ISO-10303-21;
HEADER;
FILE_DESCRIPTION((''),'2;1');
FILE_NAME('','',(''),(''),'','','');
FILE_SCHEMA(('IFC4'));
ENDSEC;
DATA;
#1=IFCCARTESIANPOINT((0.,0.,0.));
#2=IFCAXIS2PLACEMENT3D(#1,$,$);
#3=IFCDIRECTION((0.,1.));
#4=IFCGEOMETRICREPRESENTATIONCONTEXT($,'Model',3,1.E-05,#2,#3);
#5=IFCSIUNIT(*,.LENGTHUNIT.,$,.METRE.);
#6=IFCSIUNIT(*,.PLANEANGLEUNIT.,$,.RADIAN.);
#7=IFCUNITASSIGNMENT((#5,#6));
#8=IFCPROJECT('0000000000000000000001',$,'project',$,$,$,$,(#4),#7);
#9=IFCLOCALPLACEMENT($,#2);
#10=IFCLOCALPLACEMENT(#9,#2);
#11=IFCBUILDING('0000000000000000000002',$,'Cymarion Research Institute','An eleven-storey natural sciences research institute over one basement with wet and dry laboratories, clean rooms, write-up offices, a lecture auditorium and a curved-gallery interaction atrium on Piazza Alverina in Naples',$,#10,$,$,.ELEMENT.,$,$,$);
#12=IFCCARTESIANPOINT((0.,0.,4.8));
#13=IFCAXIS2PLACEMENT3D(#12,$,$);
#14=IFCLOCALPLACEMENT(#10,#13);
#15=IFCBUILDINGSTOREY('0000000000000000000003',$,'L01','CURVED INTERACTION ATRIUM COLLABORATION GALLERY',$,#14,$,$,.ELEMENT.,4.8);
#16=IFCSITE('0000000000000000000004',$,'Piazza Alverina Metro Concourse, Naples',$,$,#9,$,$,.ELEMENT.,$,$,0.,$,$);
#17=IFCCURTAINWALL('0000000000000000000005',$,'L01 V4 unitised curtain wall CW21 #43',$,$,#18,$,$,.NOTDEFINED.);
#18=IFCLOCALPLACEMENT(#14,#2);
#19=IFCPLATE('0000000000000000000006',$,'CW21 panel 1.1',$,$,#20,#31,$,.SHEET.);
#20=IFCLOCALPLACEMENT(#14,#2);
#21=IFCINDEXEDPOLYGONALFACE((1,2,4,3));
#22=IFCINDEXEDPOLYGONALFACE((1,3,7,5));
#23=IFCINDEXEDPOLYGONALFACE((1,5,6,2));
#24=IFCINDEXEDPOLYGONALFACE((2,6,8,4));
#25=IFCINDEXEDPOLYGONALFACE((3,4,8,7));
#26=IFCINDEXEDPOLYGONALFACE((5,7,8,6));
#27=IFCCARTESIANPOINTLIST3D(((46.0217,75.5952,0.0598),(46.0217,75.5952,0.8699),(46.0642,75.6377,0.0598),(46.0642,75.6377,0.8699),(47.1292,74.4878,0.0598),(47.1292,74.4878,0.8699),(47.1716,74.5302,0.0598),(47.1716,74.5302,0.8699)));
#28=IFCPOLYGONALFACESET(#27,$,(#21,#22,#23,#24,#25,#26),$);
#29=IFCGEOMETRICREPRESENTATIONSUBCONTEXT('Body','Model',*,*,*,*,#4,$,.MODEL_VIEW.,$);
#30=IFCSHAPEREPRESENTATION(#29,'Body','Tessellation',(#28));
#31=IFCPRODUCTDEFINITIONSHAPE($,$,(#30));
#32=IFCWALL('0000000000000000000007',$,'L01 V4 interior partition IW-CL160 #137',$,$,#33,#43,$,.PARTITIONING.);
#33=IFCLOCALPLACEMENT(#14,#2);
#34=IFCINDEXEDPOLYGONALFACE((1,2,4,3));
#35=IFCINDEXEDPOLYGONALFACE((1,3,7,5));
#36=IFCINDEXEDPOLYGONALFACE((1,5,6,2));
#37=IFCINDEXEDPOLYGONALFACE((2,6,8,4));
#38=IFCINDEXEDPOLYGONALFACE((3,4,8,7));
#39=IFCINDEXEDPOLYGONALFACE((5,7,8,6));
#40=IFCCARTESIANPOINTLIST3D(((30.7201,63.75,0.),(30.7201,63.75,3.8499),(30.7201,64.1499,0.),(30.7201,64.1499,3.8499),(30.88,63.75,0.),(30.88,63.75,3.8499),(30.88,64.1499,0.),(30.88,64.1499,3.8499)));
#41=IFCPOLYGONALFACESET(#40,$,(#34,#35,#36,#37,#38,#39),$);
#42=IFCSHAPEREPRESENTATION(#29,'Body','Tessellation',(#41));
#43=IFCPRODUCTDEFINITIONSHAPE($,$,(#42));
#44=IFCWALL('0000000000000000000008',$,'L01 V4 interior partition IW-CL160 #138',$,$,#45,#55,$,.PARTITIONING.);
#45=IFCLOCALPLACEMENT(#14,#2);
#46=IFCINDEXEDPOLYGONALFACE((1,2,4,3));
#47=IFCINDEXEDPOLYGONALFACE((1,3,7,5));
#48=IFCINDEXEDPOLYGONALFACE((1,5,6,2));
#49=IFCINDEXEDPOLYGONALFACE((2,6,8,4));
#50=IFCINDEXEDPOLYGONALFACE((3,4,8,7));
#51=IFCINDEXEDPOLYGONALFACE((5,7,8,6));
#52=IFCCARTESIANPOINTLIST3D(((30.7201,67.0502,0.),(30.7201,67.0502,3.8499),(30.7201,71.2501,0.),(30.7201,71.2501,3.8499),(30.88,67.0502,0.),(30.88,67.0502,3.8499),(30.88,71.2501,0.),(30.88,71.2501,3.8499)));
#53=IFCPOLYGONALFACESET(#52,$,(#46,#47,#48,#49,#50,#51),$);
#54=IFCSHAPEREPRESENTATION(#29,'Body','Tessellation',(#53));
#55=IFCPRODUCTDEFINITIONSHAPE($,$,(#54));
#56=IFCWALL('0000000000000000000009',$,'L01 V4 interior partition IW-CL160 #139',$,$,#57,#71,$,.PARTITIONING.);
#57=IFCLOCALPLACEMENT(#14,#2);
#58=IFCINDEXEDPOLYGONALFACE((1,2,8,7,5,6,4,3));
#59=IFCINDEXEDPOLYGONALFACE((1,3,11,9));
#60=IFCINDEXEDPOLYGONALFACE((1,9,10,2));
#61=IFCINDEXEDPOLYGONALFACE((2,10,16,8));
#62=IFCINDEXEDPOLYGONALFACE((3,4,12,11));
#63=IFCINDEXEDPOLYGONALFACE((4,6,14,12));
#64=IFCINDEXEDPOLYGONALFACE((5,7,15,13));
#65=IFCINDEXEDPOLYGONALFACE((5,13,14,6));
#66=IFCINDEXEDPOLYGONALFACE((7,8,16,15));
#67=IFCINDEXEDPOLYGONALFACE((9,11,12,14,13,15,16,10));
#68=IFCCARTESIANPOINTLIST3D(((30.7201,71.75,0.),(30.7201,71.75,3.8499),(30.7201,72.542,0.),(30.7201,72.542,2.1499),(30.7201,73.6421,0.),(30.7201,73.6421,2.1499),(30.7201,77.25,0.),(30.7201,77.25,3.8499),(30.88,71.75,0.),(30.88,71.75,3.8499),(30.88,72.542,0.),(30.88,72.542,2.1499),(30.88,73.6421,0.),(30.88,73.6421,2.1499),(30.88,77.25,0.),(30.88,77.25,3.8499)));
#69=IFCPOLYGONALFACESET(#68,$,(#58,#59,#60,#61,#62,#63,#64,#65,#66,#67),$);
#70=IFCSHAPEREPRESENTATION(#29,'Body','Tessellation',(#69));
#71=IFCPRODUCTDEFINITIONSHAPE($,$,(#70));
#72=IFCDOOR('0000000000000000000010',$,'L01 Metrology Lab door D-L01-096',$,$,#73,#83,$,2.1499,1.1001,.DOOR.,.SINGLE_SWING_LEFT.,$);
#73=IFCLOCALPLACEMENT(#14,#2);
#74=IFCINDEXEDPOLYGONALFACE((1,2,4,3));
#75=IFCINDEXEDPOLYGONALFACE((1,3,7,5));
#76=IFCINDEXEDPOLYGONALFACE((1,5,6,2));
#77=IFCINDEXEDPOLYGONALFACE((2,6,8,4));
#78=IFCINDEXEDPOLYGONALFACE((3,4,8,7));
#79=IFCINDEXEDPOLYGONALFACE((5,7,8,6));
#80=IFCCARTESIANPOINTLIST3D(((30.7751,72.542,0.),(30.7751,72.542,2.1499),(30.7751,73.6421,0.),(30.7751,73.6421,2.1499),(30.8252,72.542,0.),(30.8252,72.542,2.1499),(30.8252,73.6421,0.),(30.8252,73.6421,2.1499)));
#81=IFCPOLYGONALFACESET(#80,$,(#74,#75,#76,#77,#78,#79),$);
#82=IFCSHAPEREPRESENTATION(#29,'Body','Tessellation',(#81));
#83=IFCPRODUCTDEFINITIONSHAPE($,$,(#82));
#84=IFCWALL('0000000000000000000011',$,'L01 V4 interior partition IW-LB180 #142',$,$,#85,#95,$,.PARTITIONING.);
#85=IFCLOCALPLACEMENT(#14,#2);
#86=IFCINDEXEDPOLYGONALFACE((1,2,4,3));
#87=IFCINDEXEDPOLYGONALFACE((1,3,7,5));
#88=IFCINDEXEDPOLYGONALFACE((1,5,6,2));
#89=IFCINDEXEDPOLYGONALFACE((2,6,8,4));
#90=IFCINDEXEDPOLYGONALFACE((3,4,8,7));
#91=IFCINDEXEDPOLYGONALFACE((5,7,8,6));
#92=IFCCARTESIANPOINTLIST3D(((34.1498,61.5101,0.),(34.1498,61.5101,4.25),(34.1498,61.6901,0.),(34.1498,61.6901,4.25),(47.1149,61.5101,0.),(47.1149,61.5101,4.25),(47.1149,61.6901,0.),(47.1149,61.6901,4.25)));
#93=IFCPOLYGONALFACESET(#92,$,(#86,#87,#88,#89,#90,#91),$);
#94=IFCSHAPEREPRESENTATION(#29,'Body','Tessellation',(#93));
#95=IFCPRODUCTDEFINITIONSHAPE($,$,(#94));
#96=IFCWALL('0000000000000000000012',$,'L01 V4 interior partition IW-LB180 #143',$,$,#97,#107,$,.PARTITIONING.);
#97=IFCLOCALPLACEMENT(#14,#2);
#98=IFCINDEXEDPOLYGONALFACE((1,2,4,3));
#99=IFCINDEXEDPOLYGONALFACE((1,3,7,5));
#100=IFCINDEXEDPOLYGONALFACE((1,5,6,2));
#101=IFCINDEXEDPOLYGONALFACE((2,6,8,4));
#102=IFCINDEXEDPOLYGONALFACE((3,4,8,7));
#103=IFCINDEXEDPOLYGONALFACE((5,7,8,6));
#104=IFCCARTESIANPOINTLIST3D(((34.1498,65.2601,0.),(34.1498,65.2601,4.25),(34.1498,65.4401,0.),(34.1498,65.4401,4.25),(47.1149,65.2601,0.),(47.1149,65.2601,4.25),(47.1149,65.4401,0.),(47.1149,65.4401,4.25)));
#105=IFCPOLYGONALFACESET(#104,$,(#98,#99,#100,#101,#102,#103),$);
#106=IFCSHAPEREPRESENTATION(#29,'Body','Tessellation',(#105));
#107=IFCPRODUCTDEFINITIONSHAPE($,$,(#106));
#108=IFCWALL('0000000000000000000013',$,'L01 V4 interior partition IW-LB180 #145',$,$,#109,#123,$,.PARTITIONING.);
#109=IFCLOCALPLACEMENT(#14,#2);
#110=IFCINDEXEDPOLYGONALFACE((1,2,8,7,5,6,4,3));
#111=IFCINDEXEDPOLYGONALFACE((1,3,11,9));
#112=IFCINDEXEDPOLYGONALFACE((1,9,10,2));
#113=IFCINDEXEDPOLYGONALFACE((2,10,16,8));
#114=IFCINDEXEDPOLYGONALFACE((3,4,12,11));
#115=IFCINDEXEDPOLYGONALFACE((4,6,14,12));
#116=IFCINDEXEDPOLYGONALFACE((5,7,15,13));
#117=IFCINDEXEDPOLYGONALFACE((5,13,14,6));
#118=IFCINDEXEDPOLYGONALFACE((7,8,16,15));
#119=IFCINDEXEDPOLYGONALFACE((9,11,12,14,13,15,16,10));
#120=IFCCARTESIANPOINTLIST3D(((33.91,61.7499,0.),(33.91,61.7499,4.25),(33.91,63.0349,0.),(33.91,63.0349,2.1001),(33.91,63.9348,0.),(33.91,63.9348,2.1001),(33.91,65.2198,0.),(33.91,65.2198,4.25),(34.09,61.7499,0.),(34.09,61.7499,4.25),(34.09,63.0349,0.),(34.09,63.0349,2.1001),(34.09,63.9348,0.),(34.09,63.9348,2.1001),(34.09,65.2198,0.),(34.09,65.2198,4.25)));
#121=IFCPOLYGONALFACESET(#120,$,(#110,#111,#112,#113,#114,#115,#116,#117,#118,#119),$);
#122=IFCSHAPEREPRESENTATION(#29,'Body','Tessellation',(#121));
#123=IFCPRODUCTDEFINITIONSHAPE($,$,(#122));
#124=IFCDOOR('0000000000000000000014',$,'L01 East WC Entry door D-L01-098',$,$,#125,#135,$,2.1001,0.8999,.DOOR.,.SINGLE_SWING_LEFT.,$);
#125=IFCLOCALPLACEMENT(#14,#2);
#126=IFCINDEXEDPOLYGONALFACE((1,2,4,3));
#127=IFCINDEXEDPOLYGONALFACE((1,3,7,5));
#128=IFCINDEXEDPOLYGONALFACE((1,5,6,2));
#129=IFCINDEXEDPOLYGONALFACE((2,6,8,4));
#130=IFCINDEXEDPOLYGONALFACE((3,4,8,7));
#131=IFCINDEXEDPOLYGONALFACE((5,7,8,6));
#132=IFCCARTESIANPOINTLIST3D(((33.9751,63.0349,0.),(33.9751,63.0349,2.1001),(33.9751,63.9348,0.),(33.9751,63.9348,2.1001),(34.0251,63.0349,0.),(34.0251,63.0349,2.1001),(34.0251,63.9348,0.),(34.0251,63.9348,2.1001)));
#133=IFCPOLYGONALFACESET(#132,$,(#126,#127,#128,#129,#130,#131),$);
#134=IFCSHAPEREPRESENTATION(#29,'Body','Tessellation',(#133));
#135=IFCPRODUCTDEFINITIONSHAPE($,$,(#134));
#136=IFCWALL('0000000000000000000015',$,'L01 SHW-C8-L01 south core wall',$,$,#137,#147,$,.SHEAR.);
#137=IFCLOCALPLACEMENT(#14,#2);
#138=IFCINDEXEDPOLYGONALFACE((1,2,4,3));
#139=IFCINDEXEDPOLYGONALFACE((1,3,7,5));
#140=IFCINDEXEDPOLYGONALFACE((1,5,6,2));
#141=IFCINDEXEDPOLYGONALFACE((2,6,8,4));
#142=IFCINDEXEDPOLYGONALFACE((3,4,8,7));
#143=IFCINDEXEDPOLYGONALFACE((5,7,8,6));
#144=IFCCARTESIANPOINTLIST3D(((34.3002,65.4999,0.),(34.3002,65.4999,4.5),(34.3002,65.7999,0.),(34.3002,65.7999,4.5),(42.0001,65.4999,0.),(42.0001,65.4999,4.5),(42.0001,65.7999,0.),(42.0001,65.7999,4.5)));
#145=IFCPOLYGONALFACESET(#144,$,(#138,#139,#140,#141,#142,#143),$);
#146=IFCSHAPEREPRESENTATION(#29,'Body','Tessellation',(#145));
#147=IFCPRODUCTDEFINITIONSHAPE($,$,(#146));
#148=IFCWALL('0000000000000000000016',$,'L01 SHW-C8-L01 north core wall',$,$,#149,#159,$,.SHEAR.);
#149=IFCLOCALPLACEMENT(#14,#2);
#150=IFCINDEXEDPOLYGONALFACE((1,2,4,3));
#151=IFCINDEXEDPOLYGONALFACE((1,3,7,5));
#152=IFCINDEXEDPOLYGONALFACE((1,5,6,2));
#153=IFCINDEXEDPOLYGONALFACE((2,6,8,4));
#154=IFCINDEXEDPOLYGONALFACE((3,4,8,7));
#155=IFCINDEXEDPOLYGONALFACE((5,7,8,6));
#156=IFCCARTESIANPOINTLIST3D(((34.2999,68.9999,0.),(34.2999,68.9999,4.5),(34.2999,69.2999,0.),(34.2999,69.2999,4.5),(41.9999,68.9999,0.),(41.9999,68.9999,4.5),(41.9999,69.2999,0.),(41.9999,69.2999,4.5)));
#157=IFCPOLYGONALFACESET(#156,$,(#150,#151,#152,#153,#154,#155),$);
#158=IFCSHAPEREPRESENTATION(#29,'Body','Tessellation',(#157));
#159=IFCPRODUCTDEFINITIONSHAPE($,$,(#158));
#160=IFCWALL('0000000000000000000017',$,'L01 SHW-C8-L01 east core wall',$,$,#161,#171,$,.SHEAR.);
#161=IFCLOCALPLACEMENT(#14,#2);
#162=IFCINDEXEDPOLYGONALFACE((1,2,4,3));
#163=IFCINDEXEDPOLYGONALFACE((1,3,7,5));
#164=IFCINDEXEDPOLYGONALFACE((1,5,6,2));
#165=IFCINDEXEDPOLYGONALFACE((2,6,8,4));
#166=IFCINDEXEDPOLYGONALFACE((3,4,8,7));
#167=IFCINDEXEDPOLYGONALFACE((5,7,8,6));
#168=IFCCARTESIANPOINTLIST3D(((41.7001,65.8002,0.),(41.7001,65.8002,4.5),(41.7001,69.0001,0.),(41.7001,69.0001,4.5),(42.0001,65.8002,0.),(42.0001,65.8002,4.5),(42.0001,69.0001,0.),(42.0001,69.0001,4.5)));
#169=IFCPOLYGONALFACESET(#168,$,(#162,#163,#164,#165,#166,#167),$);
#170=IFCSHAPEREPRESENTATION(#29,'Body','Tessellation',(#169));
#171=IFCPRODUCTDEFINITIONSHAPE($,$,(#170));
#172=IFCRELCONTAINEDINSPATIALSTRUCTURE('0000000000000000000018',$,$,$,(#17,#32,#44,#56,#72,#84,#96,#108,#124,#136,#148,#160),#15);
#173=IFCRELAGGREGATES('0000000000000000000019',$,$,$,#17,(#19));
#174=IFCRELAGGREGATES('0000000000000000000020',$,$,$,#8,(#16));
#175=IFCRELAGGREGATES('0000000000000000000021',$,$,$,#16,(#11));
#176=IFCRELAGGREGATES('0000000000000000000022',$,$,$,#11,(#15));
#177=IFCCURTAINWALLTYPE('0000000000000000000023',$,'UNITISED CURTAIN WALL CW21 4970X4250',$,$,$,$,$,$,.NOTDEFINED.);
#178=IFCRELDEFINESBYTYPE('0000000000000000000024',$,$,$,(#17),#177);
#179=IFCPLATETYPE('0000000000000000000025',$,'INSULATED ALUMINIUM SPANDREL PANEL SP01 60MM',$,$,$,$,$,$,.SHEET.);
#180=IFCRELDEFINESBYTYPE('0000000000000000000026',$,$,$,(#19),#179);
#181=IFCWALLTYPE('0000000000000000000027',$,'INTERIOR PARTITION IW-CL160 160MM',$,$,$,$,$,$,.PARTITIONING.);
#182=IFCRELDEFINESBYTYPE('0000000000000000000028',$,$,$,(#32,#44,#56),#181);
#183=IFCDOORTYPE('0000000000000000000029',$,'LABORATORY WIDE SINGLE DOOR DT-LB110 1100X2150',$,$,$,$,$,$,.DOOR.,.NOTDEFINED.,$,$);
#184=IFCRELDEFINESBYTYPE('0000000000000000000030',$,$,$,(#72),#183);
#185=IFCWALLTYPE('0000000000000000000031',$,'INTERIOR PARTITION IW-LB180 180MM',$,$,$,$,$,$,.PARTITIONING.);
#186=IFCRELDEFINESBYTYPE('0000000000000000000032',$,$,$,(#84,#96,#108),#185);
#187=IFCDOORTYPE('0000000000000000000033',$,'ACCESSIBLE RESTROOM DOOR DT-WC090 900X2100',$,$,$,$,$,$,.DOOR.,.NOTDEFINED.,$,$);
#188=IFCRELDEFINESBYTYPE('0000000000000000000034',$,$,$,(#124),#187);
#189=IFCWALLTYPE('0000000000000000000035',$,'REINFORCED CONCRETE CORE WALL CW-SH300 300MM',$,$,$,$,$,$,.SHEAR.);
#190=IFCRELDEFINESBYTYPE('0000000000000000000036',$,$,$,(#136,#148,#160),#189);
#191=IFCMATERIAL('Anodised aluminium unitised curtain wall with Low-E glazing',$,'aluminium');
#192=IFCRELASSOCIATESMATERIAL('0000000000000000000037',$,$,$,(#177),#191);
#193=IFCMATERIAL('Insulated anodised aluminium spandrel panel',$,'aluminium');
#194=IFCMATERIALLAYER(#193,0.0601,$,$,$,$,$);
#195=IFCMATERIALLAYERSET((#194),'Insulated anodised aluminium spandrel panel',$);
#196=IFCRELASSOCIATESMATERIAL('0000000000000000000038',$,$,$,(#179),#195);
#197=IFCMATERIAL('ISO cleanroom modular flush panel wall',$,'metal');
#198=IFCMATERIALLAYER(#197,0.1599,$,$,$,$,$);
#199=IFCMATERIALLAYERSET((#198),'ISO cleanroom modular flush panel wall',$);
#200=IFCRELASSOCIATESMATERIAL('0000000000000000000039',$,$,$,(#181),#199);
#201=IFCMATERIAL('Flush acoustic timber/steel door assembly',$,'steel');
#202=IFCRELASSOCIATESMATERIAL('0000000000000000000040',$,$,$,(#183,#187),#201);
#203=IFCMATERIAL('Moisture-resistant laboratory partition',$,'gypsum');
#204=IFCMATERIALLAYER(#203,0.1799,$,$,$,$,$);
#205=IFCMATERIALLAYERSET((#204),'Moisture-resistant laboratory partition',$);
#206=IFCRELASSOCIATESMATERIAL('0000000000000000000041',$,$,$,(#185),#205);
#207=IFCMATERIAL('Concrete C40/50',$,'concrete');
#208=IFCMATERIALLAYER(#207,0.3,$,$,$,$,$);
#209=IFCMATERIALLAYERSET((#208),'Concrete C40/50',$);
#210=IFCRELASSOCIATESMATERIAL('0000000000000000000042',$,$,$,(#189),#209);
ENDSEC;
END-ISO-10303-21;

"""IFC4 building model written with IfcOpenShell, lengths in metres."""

from ifc_helpers import new_model, si_unit, direction, frame, frame_2d, origin, origin_2d, place, context, subcontext, project, spatial, rectangle, extrude, material, layer, layer_set, type_object, element, fill, aggregate, save


model = new_model("IFC4")

# Units and contexts
model_context = context("Model", 3, precision=1e-05, world=origin(), true_north=direction((0.0, 1.0)))
body_context = subcontext(model_context, "Body", "Model", "MODEL_VIEW")
ifc_project = project(units=[si_unit("LENGTHUNIT", "METRE"), si_unit("PLANEANGLEUNIT", "RADIAN")], contexts=[model_context])

# Site, building, storey
site_placement = place(None, origin())
site = spatial("IfcSite", under=ifc_project, at=site_placement, Name="Piazza Alverina Metro Concourse, Naples", CompositionType="ELEMENT", RefElevation=0.0)
building_placement = place(site_placement, origin())
building = spatial("IfcBuilding", under=site, at=building_placement, Name="Cymarion Research Institute", Description="An eleven-storey natural sciences research institute over one basement with wet and dry laboratories, clean rooms, write-up offices, a lecture auditorium and a curved-gallery interaction atrium on Piazza Alverina in Naples", CompositionType="ELEMENT")
storey_placement = place(building_placement, frame((0.0, 0.0, 4.8)))
storey = spatial("IfcBuildingStorey", under=building, at=storey_placement, Name="L01", Description="CURVED INTERACTION ATRIUM COLLABORATION GALLERY", CompositionType="ELEMENT", Elevation=4.8)

# Shared definitions
ifc_material_1 = material(Name="Concrete C40/50", Category="concrete")

# Curtain wall, plate
ifc_material_2 = material(Name="Anodised aluminium unitised curtain wall with Low-E glazing", Category="aluminium")
curtain_wall_type = type_object("IfcCurtainWallType", Name="UNITISED CURTAIN WALL CW21 4970X4250", PredefinedType="NOTDEFINED", material=ifc_material_2)
curtain_wall_placement = place(storey_placement, origin())
curtain_wall = element("IfcCurtainWall", 1, at=curtain_wall_placement, inside=storey, type_object=curtain_wall_type, Name="L01 V4 unitised curtain wall CW21 #43", PredefinedType="NOTDEFINED")
ifc_material_3 = material(Name="Insulated anodised aluminium spandrel panel", Category="aluminium")
ifc_layer_1 = layer(ifc_material_3, 0.0601)
ifc_layer_set_1 = layer_set([ifc_layer_1], Name="Insulated anodised aluminium spandrel panel")
plate_type = type_object("IfcPlateType", Name="INSULATED ALUMINIUM SPANDREL PANEL SP01 60MM", PredefinedType="SHEET", material=ifc_layer_set_1)
plate_placement = place(storey_placement, frame((46.5967, 75.0627, 0.0598), z_axis=(0.0, 0.0, 1.0), x_axis=(-0.707097, 0.707117, 0.0)))
plate = element("IfcPlate", 2, at=plate_placement, type_object=plate_type, Name="CW21 panel 1.1", PredefinedType="SHEET", context=body_context, shape_type="SweptSolid", body=[
    extrude(rectangle(XDim=1.5662, YDim=0.0601, at=origin_2d()), origin(), (0.0, 0.0, 1.0), 0.8101),
])
aggregate(curtain_wall, [plate])

# Walls
ifc_material_4 = material(Name="ISO cleanroom modular flush panel wall", Category="metal")
ifc_layer_2 = layer(ifc_material_4, 0.1599)
ifc_layer_set_2 = layer_set([ifc_layer_2], Name="ISO cleanroom modular flush panel wall")
wall_type_1 = type_object("IfcWallType", Name="INTERIOR PARTITION IW-CL160 160MM", PredefinedType="PARTITIONING", material=ifc_layer_set_2)
wall_1_placement = place(storey_placement, frame((30.8, 63.75, 0.0), z_axis=(0.0, 0.0, 1.0), x_axis=(0.0, 1.0, 0.0)))
element("IfcWall", 3, at=wall_1_placement, inside=storey, type_object=wall_type_1, Name="L01 V4 interior partition IW-CL160 #137", PredefinedType="PARTITIONING", context=body_context, shape_type="SweptSolid", body=[
    extrude(rectangle(XDim=0.3999, YDim=0.1599, at=frame_2d((0.2, 0.0))), origin(), (0.0, 0.0, 1.0), 3.8499),
])
wall_2_placement = place(storey_placement, frame((30.8, 67.05, 0.0), z_axis=(0.0, 0.0, 1.0), x_axis=(0.0, 1.0, 0.0)))
element("IfcWall", 4, at=wall_2_placement, inside=storey, type_object=wall_type_1, Name="L01 V4 interior partition IW-CL160 #138", PredefinedType="PARTITIONING", context=body_context, shape_type="SweptSolid", body=[
    extrude(rectangle(XDim=4.2, YDim=0.1599, at=frame_2d((2.1001, 0.0))), origin(), (0.0, 0.0, 1.0), 3.8499),
])

# Wall, opening, door
wall_3_placement = place(storey_placement, frame((30.8, 71.75, 0.0), z_axis=(0.0, 0.0, 1.0), x_axis=(0.0, 1.0, 0.0)))
wall_3 = element("IfcWall", 5, at=wall_3_placement, inside=storey, type_object=wall_type_1, Name="L01 V4 interior partition IW-CL160 #139", PredefinedType="PARTITIONING", context=body_context, shape_type="SweptSolid", body=[
    extrude(rectangle(XDim=5.5, YDim=0.1599, at=frame_2d((2.75, 0.0))), origin(), (0.0, 0.0, 1.0), 3.8499),
])
opening_1_placement = place(wall_3_placement, frame((0.792, 0.0, 0.0)))
opening_1 = element("IfcOpeningElement", 6, at=opening_1_placement, cuts=wall_3, PredefinedType="OPENING", context=body_context, shape_type="SweptSolid", body=[
    extrude(rectangle(XDim=1.1001, YDim=2.1499, at=frame_2d((0.55, 1.075))), frame((0.0, 0.0898, 0.0), z_axis=(0.0, -1.0, 0.0), x_axis=(1.0, 0.0, 0.0)), (0.0, 0.0, 1.0), 0.1799),
])
ifc_material_5 = material(Name="Flush acoustic timber/steel door assembly", Category="steel")
door_type_1 = type_object("IfcDoorType", Name="LABORATORY WIDE SINGLE DOOR DT-LB110 1100X2150", OperationType="NOTDEFINED", PredefinedType="DOOR", material=ifc_material_5)
door_1_placement = place(opening_1_placement, origin())
door_1 = element("IfcDoor", 7, at=door_1_placement, inside=storey, type_object=door_type_1, Name="L01 Metrology Lab door D-L01-096", OperationType="SINGLE_SWING_LEFT", OverallHeight=2.1499, OverallWidth=1.1001, PredefinedType="DOOR", context=body_context, shape_type="SweptSolid", body=[
    extrude(rectangle(XDim=1.1001, YDim=2.1499, at=frame_2d((0.55, 1.075))), frame((0.0, 0.0249, 0.0), z_axis=(0.0, -1.0, 0.0), x_axis=(1.0, 0.0, 0.0)), (0.0, 0.0, 1.0), 0.05),
])
fill(opening_1, door_1)

# Walls
ifc_material_6 = material(Name="Moisture-resistant laboratory partition", Category="gypsum")
ifc_layer_3 = layer(ifc_material_6, 0.1799)
ifc_layer_set_3 = layer_set([ifc_layer_3], Name="Moisture-resistant laboratory partition")
wall_type_2 = type_object("IfcWallType", Name="INTERIOR PARTITION IW-LB180 180MM", PredefinedType="PARTITIONING", material=ifc_layer_set_3)
for number, where, z_axis, x_axis, name in (
    (8, (34.1499, 61.6001, 0.0), (0.0, 0.0, 1.0), (1.0, 0.0, 0.0), "L01 V4 interior partition IW-LB180 #142"),
    (9, (34.1499, 65.3501, 0.0), (0.0, 0.0, 1.0), (1.0, 0.0, 0.0), "L01 V4 interior partition IW-LB180 #143"),
):
    element("IfcWall", number, at=place(storey_placement, frame(where, z_axis=z_axis, x_axis=x_axis)), inside=storey, type_object=wall_type_2, Name=name, PredefinedType="PARTITIONING", context=body_context, shape_type="SweptSolid", body=[
        extrude(rectangle(XDim=12.9651, YDim=0.1799, at=frame_2d((6.4824, 0.0))), origin(), (0.0, 0.0, 1.0), 4.25),
    ])

# Wall, opening, door
wall_4_placement = place(storey_placement, frame((34.0, 61.75, 0.0), z_axis=(0.0, 0.0, 1.0), x_axis=(0.0, 1.0, 0.0)))
wall_4 = element("IfcWall", 10, at=wall_4_placement, inside=storey, type_object=wall_type_2, Name="L01 V4 interior partition IW-LB180 #145", PredefinedType="PARTITIONING", context=body_context, shape_type="SweptSolid", body=[
    extrude(rectangle(XDim=3.47, YDim=0.1799, at=frame_2d((1.7349, 0.0))), origin(), (0.0, 0.0, 1.0), 4.25),
])
opening_2_placement = place(wall_4_placement, frame((1.2849, 0.0, 0.0)))
opening_2 = element("IfcOpeningElement", 11, at=opening_2_placement, cuts=wall_4, PredefinedType="OPENING", context=body_context, shape_type="SweptSolid", body=[
    extrude(rectangle(XDim=0.8999, YDim=2.1001, at=frame_2d((0.45, 1.05))), frame((0.0, 0.0999, 0.0), z_axis=(0.0, -1.0, 0.0), x_axis=(1.0, 0.0, 0.0)), (0.0, 0.0, 1.0), 0.2),
])
door_type_2 = type_object("IfcDoorType", Name="ACCESSIBLE RESTROOM DOOR DT-WC090 900X2100", OperationType="NOTDEFINED", PredefinedType="DOOR", material=ifc_material_5)
door_2_placement = place(opening_2_placement, origin())
door_2 = element("IfcDoor", 12, at=door_2_placement, inside=storey, type_object=door_type_2, Name="L01 East WC Entry door D-L01-098", OperationType="SINGLE_SWING_LEFT", OverallHeight=2.1001, OverallWidth=0.8999, PredefinedType="DOOR", context=body_context, shape_type="SweptSolid", body=[
    extrude(rectangle(XDim=0.8999, YDim=2.1001, at=frame_2d((0.45, 1.05))), frame((0.0, 0.0249, 0.0), z_axis=(0.0, -1.0, 0.0), x_axis=(1.0, 0.0, 0.0)), (0.0, 0.0, 1.0), 0.05),
])
fill(opening_2, door_2)

# Walls
ifc_layer_4 = layer(ifc_material_1, 0.3)
ifc_layer_set_4 = layer_set([ifc_layer_4], Name="Concrete C40/50")
wall_type_3 = type_object("IfcWallType", Name="REINFORCED CONCRETE CORE WALL CW-SH300 300MM", PredefinedType="SHEAR", material=ifc_layer_set_4)
for number, where, z_axis, x_axis, name in (
    (13, (34.3, 65.6499, 0.0), (0.0, 0.0, 1.0), (1.0, 0.0, 0.0), "L01 SHW-C8-L01 south core wall"),
    (14, (42.0, 69.1499, 0.0), (0.0, 0.0, 1.0), (-1.0, 0.0, 0.0), "L01 SHW-C8-L01 north core wall"),
):
    element("IfcWall", number, at=place(storey_placement, frame(where, z_axis=z_axis, x_axis=x_axis)), inside=storey, type_object=wall_type_3, Name=name, PredefinedType="SHEAR", context=body_context, shape_type="SweptSolid", body=[
        extrude(rectangle(XDim=7.7, YDim=0.3, at=frame_2d((3.8501, 0.0))), origin(), (0.0, 0.0, 1.0), 4.5),
    ])

# Wall
wall_5_placement = place(storey_placement, frame((41.8501, 65.8, 0.0), z_axis=(0.0, 0.0, 1.0), x_axis=(0.0, 1.0, 0.0)))
element("IfcWall", 15, at=wall_5_placement, inside=storey, type_object=wall_type_3, Name="L01 SHW-C8-L01 east core wall", PredefinedType="SHEAR", context=body_context, shape_type="SweptSolid", body=[
    extrude(rectangle(XDim=3.2, YDim=0.3, at=frame_2d((1.6001, 0.0))), origin(), (0.0, 0.0, 1.0), 4.5),
])

save(model, "model.ifc")
